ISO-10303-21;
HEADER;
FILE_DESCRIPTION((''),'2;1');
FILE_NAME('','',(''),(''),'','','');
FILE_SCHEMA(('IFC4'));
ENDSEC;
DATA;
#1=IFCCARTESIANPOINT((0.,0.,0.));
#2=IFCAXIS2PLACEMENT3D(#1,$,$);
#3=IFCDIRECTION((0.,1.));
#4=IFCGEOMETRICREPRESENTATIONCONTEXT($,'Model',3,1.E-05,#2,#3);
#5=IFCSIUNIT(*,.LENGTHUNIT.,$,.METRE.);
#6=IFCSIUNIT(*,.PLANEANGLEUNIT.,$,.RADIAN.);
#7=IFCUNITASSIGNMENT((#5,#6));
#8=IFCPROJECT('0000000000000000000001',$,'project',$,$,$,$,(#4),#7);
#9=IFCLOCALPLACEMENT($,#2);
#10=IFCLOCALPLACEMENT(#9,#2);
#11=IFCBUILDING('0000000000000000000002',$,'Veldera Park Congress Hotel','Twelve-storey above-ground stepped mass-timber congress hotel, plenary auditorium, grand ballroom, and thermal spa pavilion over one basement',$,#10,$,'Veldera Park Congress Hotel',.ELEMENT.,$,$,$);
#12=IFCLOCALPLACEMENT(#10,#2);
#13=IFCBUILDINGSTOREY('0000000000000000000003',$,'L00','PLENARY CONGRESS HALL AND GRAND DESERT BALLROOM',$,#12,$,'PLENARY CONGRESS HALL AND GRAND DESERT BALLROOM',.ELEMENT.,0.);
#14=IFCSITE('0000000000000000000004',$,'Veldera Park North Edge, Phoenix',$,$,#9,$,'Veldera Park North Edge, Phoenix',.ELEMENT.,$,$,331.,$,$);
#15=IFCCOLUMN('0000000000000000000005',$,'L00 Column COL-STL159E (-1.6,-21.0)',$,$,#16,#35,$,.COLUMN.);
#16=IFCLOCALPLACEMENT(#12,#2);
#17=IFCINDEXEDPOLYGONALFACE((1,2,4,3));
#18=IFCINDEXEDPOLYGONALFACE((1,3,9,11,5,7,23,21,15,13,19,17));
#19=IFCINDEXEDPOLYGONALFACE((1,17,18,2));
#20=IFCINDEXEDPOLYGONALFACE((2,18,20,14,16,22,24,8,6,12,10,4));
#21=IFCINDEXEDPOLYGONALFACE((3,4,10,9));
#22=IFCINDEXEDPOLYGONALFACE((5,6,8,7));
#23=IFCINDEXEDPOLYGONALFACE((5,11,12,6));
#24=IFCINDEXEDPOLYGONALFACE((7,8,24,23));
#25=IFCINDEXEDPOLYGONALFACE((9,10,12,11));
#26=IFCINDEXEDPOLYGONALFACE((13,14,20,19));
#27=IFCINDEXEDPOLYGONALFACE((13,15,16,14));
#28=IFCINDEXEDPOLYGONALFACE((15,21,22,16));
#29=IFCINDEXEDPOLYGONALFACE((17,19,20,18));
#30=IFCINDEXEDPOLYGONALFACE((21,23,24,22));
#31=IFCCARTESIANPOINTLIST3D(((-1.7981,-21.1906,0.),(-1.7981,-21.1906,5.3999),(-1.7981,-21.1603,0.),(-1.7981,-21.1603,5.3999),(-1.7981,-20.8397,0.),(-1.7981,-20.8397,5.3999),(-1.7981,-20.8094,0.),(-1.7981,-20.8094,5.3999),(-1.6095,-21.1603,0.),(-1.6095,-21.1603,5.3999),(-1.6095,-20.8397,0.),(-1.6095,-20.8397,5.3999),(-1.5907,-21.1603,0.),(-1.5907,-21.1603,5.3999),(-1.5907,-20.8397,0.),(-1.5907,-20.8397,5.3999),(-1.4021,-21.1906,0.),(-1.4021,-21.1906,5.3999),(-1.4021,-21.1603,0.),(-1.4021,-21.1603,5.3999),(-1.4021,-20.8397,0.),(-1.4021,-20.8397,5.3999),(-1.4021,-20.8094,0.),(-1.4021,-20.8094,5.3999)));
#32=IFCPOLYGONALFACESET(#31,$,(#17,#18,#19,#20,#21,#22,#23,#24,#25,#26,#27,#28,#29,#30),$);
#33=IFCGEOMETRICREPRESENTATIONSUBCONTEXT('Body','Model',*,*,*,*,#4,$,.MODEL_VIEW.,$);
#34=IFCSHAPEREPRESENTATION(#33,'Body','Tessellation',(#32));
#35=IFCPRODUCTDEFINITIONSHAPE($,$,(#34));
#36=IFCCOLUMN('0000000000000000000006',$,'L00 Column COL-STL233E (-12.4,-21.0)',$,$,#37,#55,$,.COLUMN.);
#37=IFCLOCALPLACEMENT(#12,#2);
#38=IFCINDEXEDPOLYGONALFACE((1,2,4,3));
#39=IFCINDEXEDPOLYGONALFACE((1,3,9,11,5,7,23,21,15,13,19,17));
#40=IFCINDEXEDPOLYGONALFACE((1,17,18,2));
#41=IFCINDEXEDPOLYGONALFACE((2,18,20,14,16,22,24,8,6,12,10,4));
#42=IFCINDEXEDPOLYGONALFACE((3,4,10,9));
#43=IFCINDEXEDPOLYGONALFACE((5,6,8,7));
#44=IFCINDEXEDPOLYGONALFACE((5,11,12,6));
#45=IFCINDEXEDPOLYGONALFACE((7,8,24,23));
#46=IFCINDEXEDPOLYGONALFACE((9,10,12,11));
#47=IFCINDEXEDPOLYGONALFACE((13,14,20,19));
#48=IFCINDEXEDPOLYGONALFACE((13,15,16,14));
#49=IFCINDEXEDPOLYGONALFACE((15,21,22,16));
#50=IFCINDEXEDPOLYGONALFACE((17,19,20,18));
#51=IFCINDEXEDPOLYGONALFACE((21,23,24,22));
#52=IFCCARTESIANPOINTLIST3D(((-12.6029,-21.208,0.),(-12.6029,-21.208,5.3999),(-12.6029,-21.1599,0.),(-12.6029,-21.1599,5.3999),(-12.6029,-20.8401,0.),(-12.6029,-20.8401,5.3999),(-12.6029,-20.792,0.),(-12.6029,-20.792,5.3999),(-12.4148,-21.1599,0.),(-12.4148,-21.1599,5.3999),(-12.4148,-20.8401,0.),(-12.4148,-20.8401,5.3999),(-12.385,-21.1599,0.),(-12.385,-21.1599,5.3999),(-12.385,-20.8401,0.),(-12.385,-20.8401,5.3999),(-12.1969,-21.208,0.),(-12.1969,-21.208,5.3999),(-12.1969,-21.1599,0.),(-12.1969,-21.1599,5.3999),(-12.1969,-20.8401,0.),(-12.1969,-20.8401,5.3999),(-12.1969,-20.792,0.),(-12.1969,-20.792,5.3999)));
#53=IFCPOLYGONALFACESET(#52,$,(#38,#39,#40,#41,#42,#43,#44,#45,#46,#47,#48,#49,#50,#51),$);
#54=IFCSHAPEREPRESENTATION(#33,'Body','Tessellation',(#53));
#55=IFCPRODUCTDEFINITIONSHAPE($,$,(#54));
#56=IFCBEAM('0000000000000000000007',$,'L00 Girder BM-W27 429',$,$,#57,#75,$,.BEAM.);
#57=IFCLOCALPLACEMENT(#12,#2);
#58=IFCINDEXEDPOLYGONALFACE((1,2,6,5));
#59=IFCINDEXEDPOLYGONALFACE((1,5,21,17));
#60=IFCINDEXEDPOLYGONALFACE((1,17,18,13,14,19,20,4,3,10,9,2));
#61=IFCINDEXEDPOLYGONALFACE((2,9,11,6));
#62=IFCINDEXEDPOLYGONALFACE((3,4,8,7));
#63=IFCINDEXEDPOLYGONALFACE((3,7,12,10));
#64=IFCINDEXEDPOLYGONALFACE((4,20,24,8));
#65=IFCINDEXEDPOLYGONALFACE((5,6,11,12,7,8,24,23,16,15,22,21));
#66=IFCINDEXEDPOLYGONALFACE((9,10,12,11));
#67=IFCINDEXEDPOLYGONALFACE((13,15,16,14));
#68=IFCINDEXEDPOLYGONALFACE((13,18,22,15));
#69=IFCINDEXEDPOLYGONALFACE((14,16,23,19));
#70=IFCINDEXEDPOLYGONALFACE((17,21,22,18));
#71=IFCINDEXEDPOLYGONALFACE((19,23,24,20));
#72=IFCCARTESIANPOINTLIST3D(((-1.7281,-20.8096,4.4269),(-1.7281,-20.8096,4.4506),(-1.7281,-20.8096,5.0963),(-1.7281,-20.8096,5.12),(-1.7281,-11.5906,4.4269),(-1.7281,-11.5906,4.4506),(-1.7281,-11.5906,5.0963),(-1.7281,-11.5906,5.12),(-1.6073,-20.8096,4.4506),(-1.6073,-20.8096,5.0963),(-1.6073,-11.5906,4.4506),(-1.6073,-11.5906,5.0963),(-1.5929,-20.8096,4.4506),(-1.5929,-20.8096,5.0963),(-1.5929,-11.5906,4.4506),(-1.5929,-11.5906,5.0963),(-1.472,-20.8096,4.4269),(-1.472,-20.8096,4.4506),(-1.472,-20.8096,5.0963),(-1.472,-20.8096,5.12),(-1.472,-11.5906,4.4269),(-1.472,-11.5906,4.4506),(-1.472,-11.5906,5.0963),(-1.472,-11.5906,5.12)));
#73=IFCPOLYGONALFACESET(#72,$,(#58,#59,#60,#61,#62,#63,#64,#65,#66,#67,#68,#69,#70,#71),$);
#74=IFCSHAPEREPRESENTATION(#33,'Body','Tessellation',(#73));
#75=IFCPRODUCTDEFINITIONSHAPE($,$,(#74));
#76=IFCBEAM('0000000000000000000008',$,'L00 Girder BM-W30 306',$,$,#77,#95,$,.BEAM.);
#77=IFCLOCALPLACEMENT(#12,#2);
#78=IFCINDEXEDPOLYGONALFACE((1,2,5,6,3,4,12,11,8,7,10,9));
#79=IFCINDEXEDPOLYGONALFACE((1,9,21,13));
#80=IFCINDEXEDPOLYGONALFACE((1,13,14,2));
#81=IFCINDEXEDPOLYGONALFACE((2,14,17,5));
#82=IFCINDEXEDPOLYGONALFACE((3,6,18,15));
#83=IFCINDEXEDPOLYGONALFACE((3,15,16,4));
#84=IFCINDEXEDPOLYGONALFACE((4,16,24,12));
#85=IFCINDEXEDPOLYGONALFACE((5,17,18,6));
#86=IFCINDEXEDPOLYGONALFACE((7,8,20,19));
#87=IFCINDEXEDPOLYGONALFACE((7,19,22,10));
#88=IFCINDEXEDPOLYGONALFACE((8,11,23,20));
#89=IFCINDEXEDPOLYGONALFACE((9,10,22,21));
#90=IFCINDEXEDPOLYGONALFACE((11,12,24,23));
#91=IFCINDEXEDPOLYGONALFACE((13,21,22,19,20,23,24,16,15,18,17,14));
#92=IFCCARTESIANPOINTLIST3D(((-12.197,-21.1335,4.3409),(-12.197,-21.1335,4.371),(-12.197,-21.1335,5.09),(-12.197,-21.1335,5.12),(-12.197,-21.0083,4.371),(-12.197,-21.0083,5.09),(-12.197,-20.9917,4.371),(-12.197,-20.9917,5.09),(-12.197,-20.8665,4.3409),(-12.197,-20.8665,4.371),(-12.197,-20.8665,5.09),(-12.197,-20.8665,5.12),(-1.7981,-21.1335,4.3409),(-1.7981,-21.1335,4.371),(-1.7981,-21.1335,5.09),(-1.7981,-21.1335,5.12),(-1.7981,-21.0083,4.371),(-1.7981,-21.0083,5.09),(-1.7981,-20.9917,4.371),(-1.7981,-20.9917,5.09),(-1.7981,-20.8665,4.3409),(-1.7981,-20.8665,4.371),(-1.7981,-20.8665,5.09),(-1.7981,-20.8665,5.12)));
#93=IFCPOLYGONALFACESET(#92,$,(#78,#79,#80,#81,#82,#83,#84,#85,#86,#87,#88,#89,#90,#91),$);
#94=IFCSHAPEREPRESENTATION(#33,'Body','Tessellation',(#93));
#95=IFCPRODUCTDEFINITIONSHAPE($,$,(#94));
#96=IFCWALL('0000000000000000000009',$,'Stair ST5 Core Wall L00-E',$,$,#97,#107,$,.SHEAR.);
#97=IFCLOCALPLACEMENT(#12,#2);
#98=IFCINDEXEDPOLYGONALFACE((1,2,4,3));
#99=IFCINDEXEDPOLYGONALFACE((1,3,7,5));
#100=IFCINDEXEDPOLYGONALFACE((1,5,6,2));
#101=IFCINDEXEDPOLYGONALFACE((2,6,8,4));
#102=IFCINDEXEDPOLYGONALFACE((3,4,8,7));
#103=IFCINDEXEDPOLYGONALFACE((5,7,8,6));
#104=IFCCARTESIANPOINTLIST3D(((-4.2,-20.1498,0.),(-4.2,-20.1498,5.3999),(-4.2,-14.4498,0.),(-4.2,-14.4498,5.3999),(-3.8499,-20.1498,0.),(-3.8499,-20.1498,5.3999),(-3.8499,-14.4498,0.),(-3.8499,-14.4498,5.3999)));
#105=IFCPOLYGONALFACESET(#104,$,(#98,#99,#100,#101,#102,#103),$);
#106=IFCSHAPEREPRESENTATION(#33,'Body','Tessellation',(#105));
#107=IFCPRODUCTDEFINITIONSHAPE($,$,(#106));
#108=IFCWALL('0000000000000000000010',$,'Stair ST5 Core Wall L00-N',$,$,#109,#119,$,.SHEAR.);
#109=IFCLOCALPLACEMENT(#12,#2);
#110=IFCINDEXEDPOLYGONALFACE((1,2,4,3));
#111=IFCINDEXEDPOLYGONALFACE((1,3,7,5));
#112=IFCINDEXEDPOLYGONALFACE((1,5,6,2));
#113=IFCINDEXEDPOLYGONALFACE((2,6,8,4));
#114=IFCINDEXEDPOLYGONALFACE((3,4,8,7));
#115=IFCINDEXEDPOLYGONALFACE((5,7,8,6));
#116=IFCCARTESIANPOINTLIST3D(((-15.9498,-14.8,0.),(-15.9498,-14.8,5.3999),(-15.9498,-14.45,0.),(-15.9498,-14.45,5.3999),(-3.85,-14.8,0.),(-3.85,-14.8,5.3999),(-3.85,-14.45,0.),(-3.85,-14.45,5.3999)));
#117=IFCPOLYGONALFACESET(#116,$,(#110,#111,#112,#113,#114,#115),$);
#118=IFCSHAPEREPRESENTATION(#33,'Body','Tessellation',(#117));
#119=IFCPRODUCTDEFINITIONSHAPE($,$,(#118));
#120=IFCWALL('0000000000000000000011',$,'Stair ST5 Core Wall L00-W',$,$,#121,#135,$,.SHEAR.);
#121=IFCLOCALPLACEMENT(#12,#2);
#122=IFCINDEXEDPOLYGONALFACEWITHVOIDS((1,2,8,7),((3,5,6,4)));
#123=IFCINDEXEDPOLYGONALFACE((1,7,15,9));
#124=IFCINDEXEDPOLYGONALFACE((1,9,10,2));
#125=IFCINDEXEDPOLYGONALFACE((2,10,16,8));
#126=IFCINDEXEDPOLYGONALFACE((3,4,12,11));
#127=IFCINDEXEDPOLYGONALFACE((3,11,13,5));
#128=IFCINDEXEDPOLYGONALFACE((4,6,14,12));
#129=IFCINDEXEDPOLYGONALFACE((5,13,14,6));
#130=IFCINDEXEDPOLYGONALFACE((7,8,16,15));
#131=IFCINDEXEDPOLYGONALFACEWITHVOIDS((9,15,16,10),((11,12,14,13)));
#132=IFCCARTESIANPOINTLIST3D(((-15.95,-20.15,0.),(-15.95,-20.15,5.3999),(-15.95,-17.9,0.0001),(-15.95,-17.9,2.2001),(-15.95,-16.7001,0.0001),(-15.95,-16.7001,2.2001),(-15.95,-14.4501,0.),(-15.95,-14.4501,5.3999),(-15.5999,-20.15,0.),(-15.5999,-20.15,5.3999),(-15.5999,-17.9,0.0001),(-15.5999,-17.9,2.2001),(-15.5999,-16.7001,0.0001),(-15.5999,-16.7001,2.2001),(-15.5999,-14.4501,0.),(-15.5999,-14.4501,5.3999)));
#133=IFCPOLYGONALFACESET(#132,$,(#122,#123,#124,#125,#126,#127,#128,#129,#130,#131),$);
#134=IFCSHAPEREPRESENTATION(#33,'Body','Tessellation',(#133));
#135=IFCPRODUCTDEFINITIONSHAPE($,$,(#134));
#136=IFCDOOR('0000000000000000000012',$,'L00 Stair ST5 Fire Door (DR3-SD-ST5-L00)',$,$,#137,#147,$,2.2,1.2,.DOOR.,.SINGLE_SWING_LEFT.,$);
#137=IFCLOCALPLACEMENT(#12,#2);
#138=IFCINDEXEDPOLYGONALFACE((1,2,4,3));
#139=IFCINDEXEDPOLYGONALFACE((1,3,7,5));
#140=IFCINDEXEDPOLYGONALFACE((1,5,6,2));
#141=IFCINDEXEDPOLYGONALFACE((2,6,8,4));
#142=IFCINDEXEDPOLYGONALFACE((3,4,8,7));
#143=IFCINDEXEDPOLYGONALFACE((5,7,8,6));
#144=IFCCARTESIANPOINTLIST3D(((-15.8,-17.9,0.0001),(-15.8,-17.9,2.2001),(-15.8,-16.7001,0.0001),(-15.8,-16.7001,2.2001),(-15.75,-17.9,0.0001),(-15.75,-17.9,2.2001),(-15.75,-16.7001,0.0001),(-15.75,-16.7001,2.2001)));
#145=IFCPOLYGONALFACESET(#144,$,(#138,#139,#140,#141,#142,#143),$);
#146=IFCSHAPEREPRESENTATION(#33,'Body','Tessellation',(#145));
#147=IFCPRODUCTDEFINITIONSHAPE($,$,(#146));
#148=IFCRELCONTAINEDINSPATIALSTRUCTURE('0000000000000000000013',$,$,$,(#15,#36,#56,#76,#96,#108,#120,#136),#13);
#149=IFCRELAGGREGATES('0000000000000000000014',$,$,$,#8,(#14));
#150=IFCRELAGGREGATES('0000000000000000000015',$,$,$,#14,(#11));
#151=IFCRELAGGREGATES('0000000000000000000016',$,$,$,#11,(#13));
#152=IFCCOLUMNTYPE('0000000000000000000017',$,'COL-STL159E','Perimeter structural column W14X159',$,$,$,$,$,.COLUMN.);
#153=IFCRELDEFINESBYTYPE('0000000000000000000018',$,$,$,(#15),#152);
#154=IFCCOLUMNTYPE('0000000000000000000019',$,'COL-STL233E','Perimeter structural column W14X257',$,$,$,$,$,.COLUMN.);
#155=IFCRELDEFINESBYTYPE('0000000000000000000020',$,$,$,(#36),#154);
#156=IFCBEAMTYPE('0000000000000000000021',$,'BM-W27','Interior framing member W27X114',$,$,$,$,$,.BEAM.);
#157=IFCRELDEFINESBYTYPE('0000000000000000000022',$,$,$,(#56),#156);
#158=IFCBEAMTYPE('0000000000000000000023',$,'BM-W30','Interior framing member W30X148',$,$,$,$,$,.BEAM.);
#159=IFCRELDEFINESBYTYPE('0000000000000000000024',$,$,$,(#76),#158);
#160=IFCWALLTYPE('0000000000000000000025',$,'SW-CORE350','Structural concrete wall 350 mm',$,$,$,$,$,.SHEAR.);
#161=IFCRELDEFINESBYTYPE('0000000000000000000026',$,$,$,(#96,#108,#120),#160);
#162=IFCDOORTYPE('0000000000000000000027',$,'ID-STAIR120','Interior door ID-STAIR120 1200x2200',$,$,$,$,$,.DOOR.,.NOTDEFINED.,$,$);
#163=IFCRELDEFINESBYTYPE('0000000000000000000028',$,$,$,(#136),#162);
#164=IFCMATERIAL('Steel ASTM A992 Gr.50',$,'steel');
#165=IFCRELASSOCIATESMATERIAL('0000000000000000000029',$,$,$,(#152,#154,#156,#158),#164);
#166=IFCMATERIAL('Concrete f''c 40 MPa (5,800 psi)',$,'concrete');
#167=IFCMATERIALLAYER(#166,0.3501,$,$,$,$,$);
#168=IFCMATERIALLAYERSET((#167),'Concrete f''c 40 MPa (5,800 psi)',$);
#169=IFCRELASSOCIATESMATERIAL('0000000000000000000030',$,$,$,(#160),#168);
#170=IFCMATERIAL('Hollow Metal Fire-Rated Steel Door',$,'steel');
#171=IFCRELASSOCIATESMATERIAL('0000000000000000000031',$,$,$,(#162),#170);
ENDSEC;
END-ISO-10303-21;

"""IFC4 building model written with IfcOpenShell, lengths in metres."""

from ifc_helpers import new_model, si_unit, direction, frame, frame_2d, origin, origin_2d, place, context, subcontext, project, spatial, rectangle, i_section, extrude, material, layer, layer_set, material_profile, profile_set, type_object, element, fill, save


model = new_model("IFC4")

# Units and contexts
model_context = context("Model", 3, precision=1e-05, world=origin(), true_north=direction((0.0, 1.0)))
body_context = subcontext(model_context, "Body", "Model", "MODEL_VIEW")
ifc_project = project(units=[si_unit("LENGTHUNIT", "METRE"), si_unit("PLANEANGLEUNIT", "RADIAN")], contexts=[model_context])

# Site, building, storey
site_placement = place(None, origin())
site = spatial("IfcSite", under=ifc_project, at=site_placement, Name="Veldera Park North Edge, Phoenix", LongName="Veldera Park North Edge, Phoenix", CompositionType="ELEMENT", RefElevation=331.0)
building_placement = place(site_placement, origin())
building = spatial("IfcBuilding", under=site, at=building_placement, Name="Veldera Park Congress Hotel", Description="Twelve-storey above-ground stepped mass-timber congress hotel, plenary auditorium, grand ballroom, and thermal spa pavilion over one basement", LongName="Veldera Park Congress Hotel", CompositionType="ELEMENT")
storey_placement = place(building_placement, origin())
storey = spatial("IfcBuildingStorey", under=building, at=storey_placement, Name="L00", Description="PLENARY CONGRESS HALL AND GRAND DESERT BALLROOM", LongName="PLENARY CONGRESS HALL AND GRAND DESERT BALLROOM", CompositionType="ELEMENT", Elevation=0.0)

# Columns
ifc_material_1 = material(Name="Steel ASTM A992 Gr.50", Category="steel")
ifc_material_profile_1 = material_profile(ifc_material_1, i_section(OverallWidth=0.396, OverallDepth=0.3811, WebThickness=0.0188, FlangeThickness=0.0303, at=origin_2d()), Name="W14X159")
ifc_profile_set_1 = profile_set([ifc_material_profile_1], Name="Steel ASTM A992 Gr.50")
column_type_1 = type_object("IfcColumnType", Name="COL-STL159E", Description="Perimeter structural column W14X159", PredefinedType="COLUMN", material=ifc_profile_set_1)
column_1_placement = place(storey_placement, frame((-1.6001, -21.0, 0.0), z_axis=(0.0, 0.0, 1.0), x_axis=(1.0, 0.0, 0.0)))
element("IfcColumn", 1, at=column_1_placement, inside=storey, type_object=column_type_1, Name="L00 Column COL-STL159E (-1.6,-21.0)", PredefinedType="COLUMN", context=body_context, shape_type="SweptSolid", body=[
    extrude(i_section(OverallWidth=0.396, OverallDepth=0.3811, WebThickness=0.0188, FlangeThickness=0.0303, at=origin_2d()), origin(), (0.0, 0.0, 1.0), 5.3999),
])
ifc_material_profile_2 = material_profile(ifc_material_1, i_section(OverallWidth=0.406, OverallDepth=0.416, WebThickness=0.0298, FlangeThickness=0.0481, at=origin_2d()), Name="W14X257")
ifc_profile_set_2 = profile_set([ifc_material_profile_2], Name="Steel ASTM A992 Gr.50")
column_type_2 = type_object("IfcColumnType", Name="COL-STL233E", Description="Perimeter structural column W14X257", PredefinedType="COLUMN", material=ifc_profile_set_2)
column_2_placement = place(storey_placement, frame((-12.3999, -21.0, 0.0), z_axis=(0.0, 0.0, 1.0), x_axis=(1.0, 0.0, 0.0)))
element("IfcColumn", 2, at=column_2_placement, inside=storey, type_object=column_type_2, Name="L00 Column COL-STL233E (-12.4,-21.0)", PredefinedType="COLUMN", context=body_context, shape_type="SweptSolid", body=[
    extrude(i_section(OverallWidth=0.406, OverallDepth=0.416, WebThickness=0.0298, FlangeThickness=0.0481, at=origin_2d()), origin(), (0.0, 0.0, 1.0), 5.3999),
])

# Beams
ifc_material_profile_3 = material_profile(ifc_material_1, i_section(OverallWidth=0.2561, OverallDepth=0.6931, WebThickness=0.0144, FlangeThickness=0.0237, at=origin_2d()), Name="W27X114")
ifc_profile_set_3 = profile_set([ifc_material_profile_3], Name="Steel ASTM A992 Gr.50")
beam_type_1 = type_object("IfcBeamType", Name="BM-W27", Description="Interior framing member W27X114", PredefinedType="BEAM", material=ifc_profile_set_3)
beam_1_placement = place(storey_placement, frame((-1.6001, -20.8096, 4.7734), z_axis=(0.0, 1.0, 0.0), x_axis=(-1.0, 0.0, 0.0)))
element("IfcBeam", 3, at=beam_1_placement, inside=storey, type_object=beam_type_1, Name="L00 Girder BM-W27 429", PredefinedType="BEAM", context=body_context, shape_type="SweptSolid", body=[
    extrude(i_section(OverallWidth=0.2561, OverallDepth=0.6931, WebThickness=0.0144, FlangeThickness=0.0237, at=origin_2d()), origin(), (0.0, 0.0, 1.0), 9.219),
])
ifc_material_profile_4 = material_profile(ifc_material_1, i_section(OverallWidth=0.2671, OverallDepth=0.7791, WebThickness=0.0166, FlangeThickness=0.03, at=origin_2d()), Name="W30X148")
ifc_profile_set_4 = profile_set([ifc_material_profile_4], Name="Steel ASTM A992 Gr.50")
beam_type_2 = type_object("IfcBeamType", Name="BM-W30", Description="Interior framing member W30X148", PredefinedType="BEAM", material=ifc_profile_set_4)
beam_2_placement = place(storey_placement, frame((-12.197, -21.0, 4.7305), z_axis=(1.0, 0.0, 0.0), x_axis=(0.0, 1.0, 0.0)))
element("IfcBeam", 4, at=beam_2_placement, inside=storey, type_object=beam_type_2, Name="L00 Girder BM-W30 306", PredefinedType="BEAM", context=body_context, shape_type="SweptSolid", body=[
    extrude(i_section(OverallWidth=0.2671, OverallDepth=0.7791, WebThickness=0.0166, FlangeThickness=0.03, at=origin_2d()), origin(), (0.0, 0.0, 1.0), 10.3989),
])

# Walls
ifc_material_2 = material(Name="Concrete f'c 40 MPa (5,800 psi)", Category="concrete")
ifc_layer_1 = layer(ifc_material_2, 0.3501)
ifc_layer_set_1 = layer_set([ifc_layer_1], Name="Concrete f'c 40 MPa (5,800 psi)")
wall_type_1 = type_object("IfcWallType", Name="SW-CORE350", Description="Structural concrete wall 350 mm", PredefinedType="SHEAR", material=ifc_layer_set_1)
wall_1_placement = place(storey_placement, frame((-4.0249, -20.1499, 0.0), z_axis=(0.0, 0.0, 1.0), x_axis=(0.0, 1.0, 0.0)))
element("IfcWall", 5, at=wall_1_placement, inside=storey, type_object=wall_type_1, Name="Stair ST5 Core Wall L00-E", PredefinedType="SHEAR", context=body_context, shape_type="SweptSolid", body=[
    extrude(rectangle(XDim=5.7, YDim=0.3501, at=frame_2d((2.8501, 0.0))), origin(), (0.0, 0.0, 1.0), 5.3999),
])
wall_2_placement = place(storey_placement, frame((-3.8501, -14.625, 0.0), z_axis=(0.0, 0.0, 1.0), x_axis=(-1.0, 0.0, 0.0)))
element("IfcWall", 6, at=wall_2_placement, inside=storey, type_object=wall_type_1, Name="Stair ST5 Core Wall L00-N", PredefinedType="SHEAR", context=body_context, shape_type="SweptSolid", body=[
    extrude(rectangle(XDim=12.0999, YDim=0.3501, at=frame_2d((6.0498, 0.0))), origin(), (0.0, 0.0, 1.0), 5.3999),
])

# Wall, opening, door
wall_3_placement = place(storey_placement, frame((-15.7749, -14.45, 0.0), z_axis=(0.0, 0.0, 1.0), x_axis=(0.0, -1.0, 0.0)))
wall_3 = element("IfcWall", 7, at=wall_3_placement, inside=storey, type_object=wall_type_1, Name="Stair ST5 Core Wall L00-W", PredefinedType="SHEAR", context=body_context, shape_type="SweptSolid", body=[
    extrude(rectangle(XDim=5.7, YDim=0.3501, at=frame_2d((2.8501, 0.0))), origin(), (0.0, 0.0, 1.0), 5.3999),
])
opening_1_placement = place(wall_3_placement, frame((2.25, 0.0, 0.0)))
opening_1 = element("IfcOpeningElement", 8, at=opening_1_placement, cuts=wall_3, PredefinedType="OPENING", context=body_context, shape_type="SweptSolid", body=[
    extrude(rectangle(XDim=1.2, YDim=2.2, at=frame_2d((0.6001, 1.1001))), frame((0.0, 0.187, 0.0), z_axis=(0.0, -1.0, 0.0), x_axis=(1.0, 0.0, 0.0)), (0.0, 0.0, 1.0), 0.374),
])
ifc_material_3 = material(Name="Hollow Metal Fire-Rated Steel Door", Category="steel")
door_type_1 = type_object("IfcDoorType", Name="ID-STAIR120", Description="Interior door ID-STAIR120 1200x2200", OperationType="NOTDEFINED", PredefinedType="DOOR", material=ifc_material_3)
door_1_placement = place(opening_1_placement, origin())
door_1 = element("IfcDoor", 9, at=door_1_placement, inside=storey, type_object=door_type_1, Name="L00 Stair ST5 Fire Door (DR3-SD-ST5-L00)", OperationType="SINGLE_SWING_LEFT", OverallHeight=2.2, OverallWidth=1.2, PredefinedType="DOOR", context=body_context, shape_type="SweptSolid", body=[
    extrude(rectangle(XDim=1.2, YDim=2.2, at=frame_2d((0.6001, 1.1001))), frame((0.0, 0.0249, 0.0), z_axis=(0.0, -1.0, 0.0), x_axis=(1.0, 0.0, 0.0)), (0.0, 0.0, 1.0), 0.05),
])
fill(opening_1, door_1)

save(model, "model.ifc")
